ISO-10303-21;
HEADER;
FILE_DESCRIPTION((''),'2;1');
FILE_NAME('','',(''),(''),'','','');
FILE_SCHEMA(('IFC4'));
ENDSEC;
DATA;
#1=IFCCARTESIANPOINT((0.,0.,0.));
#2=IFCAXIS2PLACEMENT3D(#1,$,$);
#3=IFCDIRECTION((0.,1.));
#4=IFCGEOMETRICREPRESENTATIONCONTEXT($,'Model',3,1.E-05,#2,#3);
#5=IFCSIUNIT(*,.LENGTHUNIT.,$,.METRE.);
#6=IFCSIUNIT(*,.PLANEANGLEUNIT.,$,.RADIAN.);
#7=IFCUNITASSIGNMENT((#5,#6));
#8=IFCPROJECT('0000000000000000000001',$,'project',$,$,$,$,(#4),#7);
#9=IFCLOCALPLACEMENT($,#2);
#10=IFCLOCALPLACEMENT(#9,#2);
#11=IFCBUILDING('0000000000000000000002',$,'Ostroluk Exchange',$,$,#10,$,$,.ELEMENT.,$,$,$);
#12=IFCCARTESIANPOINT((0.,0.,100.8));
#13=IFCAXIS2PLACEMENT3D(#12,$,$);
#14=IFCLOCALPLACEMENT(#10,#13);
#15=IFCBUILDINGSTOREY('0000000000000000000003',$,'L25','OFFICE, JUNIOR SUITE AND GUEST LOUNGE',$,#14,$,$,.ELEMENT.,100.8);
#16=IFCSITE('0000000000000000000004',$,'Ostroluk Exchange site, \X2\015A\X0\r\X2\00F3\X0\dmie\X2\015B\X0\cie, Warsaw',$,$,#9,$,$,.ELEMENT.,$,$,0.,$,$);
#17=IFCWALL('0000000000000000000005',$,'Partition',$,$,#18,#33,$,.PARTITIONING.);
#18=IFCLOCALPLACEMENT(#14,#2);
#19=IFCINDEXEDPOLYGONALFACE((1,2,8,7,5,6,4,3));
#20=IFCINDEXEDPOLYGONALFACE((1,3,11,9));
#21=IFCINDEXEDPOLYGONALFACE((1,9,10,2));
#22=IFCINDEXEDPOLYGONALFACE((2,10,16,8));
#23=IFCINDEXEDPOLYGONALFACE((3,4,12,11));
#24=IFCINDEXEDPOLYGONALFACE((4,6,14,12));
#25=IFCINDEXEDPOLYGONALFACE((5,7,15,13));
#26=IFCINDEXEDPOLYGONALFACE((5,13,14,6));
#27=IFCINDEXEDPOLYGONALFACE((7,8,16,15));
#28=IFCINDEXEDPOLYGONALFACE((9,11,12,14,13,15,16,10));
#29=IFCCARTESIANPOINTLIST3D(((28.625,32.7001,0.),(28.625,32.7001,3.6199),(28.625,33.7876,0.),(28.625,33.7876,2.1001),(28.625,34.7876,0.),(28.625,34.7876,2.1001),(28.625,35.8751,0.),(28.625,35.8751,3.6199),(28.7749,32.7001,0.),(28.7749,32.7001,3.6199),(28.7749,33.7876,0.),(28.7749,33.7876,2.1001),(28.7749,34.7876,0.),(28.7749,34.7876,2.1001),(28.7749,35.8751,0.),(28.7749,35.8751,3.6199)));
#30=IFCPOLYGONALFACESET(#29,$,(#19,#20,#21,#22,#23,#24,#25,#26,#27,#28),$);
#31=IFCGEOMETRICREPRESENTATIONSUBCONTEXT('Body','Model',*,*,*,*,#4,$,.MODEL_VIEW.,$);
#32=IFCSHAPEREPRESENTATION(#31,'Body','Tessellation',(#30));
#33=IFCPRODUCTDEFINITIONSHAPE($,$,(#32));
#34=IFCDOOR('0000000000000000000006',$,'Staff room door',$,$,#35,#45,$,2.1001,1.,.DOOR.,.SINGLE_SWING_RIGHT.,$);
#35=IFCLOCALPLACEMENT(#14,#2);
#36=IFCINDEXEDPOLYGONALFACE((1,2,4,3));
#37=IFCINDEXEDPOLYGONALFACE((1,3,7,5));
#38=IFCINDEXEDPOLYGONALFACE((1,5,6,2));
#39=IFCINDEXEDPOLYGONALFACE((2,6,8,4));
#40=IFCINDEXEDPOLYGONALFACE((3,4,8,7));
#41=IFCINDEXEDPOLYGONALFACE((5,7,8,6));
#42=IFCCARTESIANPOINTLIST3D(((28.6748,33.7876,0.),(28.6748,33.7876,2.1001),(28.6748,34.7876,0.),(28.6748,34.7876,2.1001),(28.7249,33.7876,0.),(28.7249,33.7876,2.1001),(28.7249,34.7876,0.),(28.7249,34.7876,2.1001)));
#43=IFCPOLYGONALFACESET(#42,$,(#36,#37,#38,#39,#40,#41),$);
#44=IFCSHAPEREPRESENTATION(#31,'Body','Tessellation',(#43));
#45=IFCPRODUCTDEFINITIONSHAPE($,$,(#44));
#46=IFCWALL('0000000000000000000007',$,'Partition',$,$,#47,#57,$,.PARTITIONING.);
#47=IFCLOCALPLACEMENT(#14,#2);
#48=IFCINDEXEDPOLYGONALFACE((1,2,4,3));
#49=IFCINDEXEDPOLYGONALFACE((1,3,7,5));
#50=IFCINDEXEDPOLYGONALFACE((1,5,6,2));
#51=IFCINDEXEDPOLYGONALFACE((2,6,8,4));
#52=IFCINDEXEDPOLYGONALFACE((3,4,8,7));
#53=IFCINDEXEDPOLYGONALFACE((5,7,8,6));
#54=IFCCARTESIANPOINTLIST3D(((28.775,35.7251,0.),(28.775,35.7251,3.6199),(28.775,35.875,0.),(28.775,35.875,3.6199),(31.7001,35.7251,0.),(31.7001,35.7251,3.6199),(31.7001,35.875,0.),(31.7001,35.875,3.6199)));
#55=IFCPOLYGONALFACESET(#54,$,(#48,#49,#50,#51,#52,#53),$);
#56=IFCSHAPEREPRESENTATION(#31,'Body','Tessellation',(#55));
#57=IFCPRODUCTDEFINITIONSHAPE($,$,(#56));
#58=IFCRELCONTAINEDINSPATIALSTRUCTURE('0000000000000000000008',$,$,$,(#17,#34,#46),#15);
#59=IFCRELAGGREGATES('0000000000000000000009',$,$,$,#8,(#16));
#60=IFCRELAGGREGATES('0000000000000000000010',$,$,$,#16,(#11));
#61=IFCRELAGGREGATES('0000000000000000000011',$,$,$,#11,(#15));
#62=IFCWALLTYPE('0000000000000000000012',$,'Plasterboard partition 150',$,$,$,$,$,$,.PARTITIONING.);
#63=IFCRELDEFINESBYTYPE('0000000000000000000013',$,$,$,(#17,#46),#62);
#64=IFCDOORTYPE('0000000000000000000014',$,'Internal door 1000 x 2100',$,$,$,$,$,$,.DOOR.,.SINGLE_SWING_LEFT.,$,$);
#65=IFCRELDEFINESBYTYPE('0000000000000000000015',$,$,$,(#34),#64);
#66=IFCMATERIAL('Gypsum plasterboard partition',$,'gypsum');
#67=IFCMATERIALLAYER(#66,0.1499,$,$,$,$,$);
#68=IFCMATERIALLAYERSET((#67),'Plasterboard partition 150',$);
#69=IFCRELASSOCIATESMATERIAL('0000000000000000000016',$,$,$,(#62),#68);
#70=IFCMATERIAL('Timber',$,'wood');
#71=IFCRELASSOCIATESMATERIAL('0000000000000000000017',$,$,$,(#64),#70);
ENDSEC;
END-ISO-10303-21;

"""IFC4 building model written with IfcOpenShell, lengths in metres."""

from ifc_helpers import new_model, si_unit, direction, frame, frame_2d, origin, place, context, subcontext, project, spatial, rectangle, extrude, material, layer, layer_set, type_object, element, fill, save


model = new_model("IFC4")

# Units and contexts
model_context = context("Model", 3, precision=1e-05, world=origin(), true_north=direction((0.0, 1.0)))
body_context = subcontext(model_context, "Body", "Model", "MODEL_VIEW")
ifc_project = project(units=[si_unit("LENGTHUNIT", "METRE"), si_unit("PLANEANGLEUNIT", "RADIAN")], contexts=[model_context])

# Site, building, storey
site_placement = place(None, origin())
site = spatial("IfcSite", under=ifc_project, at=site_placement, Name="Ostroluk Exchange site, Śródmieście, Warsaw", CompositionType="ELEMENT", RefElevation=0.0)
building_placement = place(site_placement, origin())
building = spatial("IfcBuilding", under=site, at=building_placement, Name="Ostroluk Exchange", CompositionType="ELEMENT")
storey_placement = place(building_placement, frame((0.0, 0.0, 100.8)))
storey = spatial("IfcBuildingStorey", under=building, at=storey_placement, Name="L25", Description="OFFICE, JUNIOR SUITE AND GUEST LOUNGE", CompositionType="ELEMENT", Elevation=100.8)

# Wall, opening, door
ifc_material_1 = material(Name="Gypsum plasterboard partition", Category="gypsum")
ifc_layer_1 = layer(ifc_material_1, 0.1499)
ifc_layer_set_1 = layer_set([ifc_layer_1], Name="Plasterboard partition 150")
wall_type_1 = type_object("IfcWallType", Name="Plasterboard partition 150", PredefinedType="PARTITIONING", material=ifc_layer_set_1)
wall_1_placement = place(storey_placement, frame((28.7, 35.875, 0.0), z_axis=(0.0, 0.0, 1.0), x_axis=(0.0, -1.0, 0.0)))
wall_1 = element("IfcWall", 1, at=wall_1_placement, inside=storey, type_object=wall_type_1, Name="Partition", PredefinedType="PARTITIONING", context=body_context, shape_type="SweptSolid", body=[
    extrude(rectangle(XDim=3.175, YDim=0.1499, at=frame_2d((1.5874, 0.0))), origin(), (0.0, 0.0, 1.0), 3.6199),
])
opening_1_placement = place(wall_1_placement, frame((1.0874, 0.0, 0.0)))
opening_1 = element("IfcOpeningElement", 2, at=opening_1_placement, cuts=wall_1, PredefinedType="OPENING", context=body_context, shape_type="SweptSolid", body=[
    extrude(rectangle(XDim=1.0, YDim=2.1001, at=frame_2d((0.5, 1.05))), frame((0.0, 0.085, 0.0), z_axis=(0.0, -1.0, 0.0), x_axis=(1.0, 0.0, 0.0)), (0.0, 0.0, 1.0), 0.1699),
])
ifc_material_2 = material(Name="Timber", Category="wood")
door_type_1 = type_object("IfcDoorType", Name="Internal door 1000 x 2100", OperationType="SINGLE_SWING_LEFT", PredefinedType="DOOR", material=ifc_material_2)
door_1_placement = place(opening_1_placement, origin())
door_1 = element("IfcDoor", 3, at=door_1_placement, inside=storey, type_object=door_type_1, Name="Staff room door", OperationType="SINGLE_SWING_RIGHT", OverallHeight=2.1001, OverallWidth=1.0, PredefinedType="DOOR", context=body_context, shape_type="SweptSolid", body=[
    extrude(rectangle(XDim=1.0, YDim=2.1001, at=frame_2d((0.5, 1.05))), frame((0.0, 0.0249, 0.0), z_axis=(0.0, -1.0, 0.0), x_axis=(1.0, 0.0, 0.0)), (0.0, 0.0, 1.0), 0.05),
])
fill(opening_1, door_1)

# Wall
wall_2_placement = place(storey_placement, frame((31.7, 35.8, 0.0), z_axis=(0.0, 0.0, 1.0), x_axis=(-1.0, 0.0, 0.0)))
element("IfcWall", 4, at=wall_2_placement, inside=storey, type_object=wall_type_1, Name="Partition", PredefinedType="PARTITIONING", context=body_context, shape_type="SweptSolid", body=[
    extrude(rectangle(XDim=2.925, YDim=0.1499, at=frame_2d((1.4624, 0.0))), origin(), (0.0, 0.0, 1.0), 3.6199),
])

save(model, "model.ifc")
